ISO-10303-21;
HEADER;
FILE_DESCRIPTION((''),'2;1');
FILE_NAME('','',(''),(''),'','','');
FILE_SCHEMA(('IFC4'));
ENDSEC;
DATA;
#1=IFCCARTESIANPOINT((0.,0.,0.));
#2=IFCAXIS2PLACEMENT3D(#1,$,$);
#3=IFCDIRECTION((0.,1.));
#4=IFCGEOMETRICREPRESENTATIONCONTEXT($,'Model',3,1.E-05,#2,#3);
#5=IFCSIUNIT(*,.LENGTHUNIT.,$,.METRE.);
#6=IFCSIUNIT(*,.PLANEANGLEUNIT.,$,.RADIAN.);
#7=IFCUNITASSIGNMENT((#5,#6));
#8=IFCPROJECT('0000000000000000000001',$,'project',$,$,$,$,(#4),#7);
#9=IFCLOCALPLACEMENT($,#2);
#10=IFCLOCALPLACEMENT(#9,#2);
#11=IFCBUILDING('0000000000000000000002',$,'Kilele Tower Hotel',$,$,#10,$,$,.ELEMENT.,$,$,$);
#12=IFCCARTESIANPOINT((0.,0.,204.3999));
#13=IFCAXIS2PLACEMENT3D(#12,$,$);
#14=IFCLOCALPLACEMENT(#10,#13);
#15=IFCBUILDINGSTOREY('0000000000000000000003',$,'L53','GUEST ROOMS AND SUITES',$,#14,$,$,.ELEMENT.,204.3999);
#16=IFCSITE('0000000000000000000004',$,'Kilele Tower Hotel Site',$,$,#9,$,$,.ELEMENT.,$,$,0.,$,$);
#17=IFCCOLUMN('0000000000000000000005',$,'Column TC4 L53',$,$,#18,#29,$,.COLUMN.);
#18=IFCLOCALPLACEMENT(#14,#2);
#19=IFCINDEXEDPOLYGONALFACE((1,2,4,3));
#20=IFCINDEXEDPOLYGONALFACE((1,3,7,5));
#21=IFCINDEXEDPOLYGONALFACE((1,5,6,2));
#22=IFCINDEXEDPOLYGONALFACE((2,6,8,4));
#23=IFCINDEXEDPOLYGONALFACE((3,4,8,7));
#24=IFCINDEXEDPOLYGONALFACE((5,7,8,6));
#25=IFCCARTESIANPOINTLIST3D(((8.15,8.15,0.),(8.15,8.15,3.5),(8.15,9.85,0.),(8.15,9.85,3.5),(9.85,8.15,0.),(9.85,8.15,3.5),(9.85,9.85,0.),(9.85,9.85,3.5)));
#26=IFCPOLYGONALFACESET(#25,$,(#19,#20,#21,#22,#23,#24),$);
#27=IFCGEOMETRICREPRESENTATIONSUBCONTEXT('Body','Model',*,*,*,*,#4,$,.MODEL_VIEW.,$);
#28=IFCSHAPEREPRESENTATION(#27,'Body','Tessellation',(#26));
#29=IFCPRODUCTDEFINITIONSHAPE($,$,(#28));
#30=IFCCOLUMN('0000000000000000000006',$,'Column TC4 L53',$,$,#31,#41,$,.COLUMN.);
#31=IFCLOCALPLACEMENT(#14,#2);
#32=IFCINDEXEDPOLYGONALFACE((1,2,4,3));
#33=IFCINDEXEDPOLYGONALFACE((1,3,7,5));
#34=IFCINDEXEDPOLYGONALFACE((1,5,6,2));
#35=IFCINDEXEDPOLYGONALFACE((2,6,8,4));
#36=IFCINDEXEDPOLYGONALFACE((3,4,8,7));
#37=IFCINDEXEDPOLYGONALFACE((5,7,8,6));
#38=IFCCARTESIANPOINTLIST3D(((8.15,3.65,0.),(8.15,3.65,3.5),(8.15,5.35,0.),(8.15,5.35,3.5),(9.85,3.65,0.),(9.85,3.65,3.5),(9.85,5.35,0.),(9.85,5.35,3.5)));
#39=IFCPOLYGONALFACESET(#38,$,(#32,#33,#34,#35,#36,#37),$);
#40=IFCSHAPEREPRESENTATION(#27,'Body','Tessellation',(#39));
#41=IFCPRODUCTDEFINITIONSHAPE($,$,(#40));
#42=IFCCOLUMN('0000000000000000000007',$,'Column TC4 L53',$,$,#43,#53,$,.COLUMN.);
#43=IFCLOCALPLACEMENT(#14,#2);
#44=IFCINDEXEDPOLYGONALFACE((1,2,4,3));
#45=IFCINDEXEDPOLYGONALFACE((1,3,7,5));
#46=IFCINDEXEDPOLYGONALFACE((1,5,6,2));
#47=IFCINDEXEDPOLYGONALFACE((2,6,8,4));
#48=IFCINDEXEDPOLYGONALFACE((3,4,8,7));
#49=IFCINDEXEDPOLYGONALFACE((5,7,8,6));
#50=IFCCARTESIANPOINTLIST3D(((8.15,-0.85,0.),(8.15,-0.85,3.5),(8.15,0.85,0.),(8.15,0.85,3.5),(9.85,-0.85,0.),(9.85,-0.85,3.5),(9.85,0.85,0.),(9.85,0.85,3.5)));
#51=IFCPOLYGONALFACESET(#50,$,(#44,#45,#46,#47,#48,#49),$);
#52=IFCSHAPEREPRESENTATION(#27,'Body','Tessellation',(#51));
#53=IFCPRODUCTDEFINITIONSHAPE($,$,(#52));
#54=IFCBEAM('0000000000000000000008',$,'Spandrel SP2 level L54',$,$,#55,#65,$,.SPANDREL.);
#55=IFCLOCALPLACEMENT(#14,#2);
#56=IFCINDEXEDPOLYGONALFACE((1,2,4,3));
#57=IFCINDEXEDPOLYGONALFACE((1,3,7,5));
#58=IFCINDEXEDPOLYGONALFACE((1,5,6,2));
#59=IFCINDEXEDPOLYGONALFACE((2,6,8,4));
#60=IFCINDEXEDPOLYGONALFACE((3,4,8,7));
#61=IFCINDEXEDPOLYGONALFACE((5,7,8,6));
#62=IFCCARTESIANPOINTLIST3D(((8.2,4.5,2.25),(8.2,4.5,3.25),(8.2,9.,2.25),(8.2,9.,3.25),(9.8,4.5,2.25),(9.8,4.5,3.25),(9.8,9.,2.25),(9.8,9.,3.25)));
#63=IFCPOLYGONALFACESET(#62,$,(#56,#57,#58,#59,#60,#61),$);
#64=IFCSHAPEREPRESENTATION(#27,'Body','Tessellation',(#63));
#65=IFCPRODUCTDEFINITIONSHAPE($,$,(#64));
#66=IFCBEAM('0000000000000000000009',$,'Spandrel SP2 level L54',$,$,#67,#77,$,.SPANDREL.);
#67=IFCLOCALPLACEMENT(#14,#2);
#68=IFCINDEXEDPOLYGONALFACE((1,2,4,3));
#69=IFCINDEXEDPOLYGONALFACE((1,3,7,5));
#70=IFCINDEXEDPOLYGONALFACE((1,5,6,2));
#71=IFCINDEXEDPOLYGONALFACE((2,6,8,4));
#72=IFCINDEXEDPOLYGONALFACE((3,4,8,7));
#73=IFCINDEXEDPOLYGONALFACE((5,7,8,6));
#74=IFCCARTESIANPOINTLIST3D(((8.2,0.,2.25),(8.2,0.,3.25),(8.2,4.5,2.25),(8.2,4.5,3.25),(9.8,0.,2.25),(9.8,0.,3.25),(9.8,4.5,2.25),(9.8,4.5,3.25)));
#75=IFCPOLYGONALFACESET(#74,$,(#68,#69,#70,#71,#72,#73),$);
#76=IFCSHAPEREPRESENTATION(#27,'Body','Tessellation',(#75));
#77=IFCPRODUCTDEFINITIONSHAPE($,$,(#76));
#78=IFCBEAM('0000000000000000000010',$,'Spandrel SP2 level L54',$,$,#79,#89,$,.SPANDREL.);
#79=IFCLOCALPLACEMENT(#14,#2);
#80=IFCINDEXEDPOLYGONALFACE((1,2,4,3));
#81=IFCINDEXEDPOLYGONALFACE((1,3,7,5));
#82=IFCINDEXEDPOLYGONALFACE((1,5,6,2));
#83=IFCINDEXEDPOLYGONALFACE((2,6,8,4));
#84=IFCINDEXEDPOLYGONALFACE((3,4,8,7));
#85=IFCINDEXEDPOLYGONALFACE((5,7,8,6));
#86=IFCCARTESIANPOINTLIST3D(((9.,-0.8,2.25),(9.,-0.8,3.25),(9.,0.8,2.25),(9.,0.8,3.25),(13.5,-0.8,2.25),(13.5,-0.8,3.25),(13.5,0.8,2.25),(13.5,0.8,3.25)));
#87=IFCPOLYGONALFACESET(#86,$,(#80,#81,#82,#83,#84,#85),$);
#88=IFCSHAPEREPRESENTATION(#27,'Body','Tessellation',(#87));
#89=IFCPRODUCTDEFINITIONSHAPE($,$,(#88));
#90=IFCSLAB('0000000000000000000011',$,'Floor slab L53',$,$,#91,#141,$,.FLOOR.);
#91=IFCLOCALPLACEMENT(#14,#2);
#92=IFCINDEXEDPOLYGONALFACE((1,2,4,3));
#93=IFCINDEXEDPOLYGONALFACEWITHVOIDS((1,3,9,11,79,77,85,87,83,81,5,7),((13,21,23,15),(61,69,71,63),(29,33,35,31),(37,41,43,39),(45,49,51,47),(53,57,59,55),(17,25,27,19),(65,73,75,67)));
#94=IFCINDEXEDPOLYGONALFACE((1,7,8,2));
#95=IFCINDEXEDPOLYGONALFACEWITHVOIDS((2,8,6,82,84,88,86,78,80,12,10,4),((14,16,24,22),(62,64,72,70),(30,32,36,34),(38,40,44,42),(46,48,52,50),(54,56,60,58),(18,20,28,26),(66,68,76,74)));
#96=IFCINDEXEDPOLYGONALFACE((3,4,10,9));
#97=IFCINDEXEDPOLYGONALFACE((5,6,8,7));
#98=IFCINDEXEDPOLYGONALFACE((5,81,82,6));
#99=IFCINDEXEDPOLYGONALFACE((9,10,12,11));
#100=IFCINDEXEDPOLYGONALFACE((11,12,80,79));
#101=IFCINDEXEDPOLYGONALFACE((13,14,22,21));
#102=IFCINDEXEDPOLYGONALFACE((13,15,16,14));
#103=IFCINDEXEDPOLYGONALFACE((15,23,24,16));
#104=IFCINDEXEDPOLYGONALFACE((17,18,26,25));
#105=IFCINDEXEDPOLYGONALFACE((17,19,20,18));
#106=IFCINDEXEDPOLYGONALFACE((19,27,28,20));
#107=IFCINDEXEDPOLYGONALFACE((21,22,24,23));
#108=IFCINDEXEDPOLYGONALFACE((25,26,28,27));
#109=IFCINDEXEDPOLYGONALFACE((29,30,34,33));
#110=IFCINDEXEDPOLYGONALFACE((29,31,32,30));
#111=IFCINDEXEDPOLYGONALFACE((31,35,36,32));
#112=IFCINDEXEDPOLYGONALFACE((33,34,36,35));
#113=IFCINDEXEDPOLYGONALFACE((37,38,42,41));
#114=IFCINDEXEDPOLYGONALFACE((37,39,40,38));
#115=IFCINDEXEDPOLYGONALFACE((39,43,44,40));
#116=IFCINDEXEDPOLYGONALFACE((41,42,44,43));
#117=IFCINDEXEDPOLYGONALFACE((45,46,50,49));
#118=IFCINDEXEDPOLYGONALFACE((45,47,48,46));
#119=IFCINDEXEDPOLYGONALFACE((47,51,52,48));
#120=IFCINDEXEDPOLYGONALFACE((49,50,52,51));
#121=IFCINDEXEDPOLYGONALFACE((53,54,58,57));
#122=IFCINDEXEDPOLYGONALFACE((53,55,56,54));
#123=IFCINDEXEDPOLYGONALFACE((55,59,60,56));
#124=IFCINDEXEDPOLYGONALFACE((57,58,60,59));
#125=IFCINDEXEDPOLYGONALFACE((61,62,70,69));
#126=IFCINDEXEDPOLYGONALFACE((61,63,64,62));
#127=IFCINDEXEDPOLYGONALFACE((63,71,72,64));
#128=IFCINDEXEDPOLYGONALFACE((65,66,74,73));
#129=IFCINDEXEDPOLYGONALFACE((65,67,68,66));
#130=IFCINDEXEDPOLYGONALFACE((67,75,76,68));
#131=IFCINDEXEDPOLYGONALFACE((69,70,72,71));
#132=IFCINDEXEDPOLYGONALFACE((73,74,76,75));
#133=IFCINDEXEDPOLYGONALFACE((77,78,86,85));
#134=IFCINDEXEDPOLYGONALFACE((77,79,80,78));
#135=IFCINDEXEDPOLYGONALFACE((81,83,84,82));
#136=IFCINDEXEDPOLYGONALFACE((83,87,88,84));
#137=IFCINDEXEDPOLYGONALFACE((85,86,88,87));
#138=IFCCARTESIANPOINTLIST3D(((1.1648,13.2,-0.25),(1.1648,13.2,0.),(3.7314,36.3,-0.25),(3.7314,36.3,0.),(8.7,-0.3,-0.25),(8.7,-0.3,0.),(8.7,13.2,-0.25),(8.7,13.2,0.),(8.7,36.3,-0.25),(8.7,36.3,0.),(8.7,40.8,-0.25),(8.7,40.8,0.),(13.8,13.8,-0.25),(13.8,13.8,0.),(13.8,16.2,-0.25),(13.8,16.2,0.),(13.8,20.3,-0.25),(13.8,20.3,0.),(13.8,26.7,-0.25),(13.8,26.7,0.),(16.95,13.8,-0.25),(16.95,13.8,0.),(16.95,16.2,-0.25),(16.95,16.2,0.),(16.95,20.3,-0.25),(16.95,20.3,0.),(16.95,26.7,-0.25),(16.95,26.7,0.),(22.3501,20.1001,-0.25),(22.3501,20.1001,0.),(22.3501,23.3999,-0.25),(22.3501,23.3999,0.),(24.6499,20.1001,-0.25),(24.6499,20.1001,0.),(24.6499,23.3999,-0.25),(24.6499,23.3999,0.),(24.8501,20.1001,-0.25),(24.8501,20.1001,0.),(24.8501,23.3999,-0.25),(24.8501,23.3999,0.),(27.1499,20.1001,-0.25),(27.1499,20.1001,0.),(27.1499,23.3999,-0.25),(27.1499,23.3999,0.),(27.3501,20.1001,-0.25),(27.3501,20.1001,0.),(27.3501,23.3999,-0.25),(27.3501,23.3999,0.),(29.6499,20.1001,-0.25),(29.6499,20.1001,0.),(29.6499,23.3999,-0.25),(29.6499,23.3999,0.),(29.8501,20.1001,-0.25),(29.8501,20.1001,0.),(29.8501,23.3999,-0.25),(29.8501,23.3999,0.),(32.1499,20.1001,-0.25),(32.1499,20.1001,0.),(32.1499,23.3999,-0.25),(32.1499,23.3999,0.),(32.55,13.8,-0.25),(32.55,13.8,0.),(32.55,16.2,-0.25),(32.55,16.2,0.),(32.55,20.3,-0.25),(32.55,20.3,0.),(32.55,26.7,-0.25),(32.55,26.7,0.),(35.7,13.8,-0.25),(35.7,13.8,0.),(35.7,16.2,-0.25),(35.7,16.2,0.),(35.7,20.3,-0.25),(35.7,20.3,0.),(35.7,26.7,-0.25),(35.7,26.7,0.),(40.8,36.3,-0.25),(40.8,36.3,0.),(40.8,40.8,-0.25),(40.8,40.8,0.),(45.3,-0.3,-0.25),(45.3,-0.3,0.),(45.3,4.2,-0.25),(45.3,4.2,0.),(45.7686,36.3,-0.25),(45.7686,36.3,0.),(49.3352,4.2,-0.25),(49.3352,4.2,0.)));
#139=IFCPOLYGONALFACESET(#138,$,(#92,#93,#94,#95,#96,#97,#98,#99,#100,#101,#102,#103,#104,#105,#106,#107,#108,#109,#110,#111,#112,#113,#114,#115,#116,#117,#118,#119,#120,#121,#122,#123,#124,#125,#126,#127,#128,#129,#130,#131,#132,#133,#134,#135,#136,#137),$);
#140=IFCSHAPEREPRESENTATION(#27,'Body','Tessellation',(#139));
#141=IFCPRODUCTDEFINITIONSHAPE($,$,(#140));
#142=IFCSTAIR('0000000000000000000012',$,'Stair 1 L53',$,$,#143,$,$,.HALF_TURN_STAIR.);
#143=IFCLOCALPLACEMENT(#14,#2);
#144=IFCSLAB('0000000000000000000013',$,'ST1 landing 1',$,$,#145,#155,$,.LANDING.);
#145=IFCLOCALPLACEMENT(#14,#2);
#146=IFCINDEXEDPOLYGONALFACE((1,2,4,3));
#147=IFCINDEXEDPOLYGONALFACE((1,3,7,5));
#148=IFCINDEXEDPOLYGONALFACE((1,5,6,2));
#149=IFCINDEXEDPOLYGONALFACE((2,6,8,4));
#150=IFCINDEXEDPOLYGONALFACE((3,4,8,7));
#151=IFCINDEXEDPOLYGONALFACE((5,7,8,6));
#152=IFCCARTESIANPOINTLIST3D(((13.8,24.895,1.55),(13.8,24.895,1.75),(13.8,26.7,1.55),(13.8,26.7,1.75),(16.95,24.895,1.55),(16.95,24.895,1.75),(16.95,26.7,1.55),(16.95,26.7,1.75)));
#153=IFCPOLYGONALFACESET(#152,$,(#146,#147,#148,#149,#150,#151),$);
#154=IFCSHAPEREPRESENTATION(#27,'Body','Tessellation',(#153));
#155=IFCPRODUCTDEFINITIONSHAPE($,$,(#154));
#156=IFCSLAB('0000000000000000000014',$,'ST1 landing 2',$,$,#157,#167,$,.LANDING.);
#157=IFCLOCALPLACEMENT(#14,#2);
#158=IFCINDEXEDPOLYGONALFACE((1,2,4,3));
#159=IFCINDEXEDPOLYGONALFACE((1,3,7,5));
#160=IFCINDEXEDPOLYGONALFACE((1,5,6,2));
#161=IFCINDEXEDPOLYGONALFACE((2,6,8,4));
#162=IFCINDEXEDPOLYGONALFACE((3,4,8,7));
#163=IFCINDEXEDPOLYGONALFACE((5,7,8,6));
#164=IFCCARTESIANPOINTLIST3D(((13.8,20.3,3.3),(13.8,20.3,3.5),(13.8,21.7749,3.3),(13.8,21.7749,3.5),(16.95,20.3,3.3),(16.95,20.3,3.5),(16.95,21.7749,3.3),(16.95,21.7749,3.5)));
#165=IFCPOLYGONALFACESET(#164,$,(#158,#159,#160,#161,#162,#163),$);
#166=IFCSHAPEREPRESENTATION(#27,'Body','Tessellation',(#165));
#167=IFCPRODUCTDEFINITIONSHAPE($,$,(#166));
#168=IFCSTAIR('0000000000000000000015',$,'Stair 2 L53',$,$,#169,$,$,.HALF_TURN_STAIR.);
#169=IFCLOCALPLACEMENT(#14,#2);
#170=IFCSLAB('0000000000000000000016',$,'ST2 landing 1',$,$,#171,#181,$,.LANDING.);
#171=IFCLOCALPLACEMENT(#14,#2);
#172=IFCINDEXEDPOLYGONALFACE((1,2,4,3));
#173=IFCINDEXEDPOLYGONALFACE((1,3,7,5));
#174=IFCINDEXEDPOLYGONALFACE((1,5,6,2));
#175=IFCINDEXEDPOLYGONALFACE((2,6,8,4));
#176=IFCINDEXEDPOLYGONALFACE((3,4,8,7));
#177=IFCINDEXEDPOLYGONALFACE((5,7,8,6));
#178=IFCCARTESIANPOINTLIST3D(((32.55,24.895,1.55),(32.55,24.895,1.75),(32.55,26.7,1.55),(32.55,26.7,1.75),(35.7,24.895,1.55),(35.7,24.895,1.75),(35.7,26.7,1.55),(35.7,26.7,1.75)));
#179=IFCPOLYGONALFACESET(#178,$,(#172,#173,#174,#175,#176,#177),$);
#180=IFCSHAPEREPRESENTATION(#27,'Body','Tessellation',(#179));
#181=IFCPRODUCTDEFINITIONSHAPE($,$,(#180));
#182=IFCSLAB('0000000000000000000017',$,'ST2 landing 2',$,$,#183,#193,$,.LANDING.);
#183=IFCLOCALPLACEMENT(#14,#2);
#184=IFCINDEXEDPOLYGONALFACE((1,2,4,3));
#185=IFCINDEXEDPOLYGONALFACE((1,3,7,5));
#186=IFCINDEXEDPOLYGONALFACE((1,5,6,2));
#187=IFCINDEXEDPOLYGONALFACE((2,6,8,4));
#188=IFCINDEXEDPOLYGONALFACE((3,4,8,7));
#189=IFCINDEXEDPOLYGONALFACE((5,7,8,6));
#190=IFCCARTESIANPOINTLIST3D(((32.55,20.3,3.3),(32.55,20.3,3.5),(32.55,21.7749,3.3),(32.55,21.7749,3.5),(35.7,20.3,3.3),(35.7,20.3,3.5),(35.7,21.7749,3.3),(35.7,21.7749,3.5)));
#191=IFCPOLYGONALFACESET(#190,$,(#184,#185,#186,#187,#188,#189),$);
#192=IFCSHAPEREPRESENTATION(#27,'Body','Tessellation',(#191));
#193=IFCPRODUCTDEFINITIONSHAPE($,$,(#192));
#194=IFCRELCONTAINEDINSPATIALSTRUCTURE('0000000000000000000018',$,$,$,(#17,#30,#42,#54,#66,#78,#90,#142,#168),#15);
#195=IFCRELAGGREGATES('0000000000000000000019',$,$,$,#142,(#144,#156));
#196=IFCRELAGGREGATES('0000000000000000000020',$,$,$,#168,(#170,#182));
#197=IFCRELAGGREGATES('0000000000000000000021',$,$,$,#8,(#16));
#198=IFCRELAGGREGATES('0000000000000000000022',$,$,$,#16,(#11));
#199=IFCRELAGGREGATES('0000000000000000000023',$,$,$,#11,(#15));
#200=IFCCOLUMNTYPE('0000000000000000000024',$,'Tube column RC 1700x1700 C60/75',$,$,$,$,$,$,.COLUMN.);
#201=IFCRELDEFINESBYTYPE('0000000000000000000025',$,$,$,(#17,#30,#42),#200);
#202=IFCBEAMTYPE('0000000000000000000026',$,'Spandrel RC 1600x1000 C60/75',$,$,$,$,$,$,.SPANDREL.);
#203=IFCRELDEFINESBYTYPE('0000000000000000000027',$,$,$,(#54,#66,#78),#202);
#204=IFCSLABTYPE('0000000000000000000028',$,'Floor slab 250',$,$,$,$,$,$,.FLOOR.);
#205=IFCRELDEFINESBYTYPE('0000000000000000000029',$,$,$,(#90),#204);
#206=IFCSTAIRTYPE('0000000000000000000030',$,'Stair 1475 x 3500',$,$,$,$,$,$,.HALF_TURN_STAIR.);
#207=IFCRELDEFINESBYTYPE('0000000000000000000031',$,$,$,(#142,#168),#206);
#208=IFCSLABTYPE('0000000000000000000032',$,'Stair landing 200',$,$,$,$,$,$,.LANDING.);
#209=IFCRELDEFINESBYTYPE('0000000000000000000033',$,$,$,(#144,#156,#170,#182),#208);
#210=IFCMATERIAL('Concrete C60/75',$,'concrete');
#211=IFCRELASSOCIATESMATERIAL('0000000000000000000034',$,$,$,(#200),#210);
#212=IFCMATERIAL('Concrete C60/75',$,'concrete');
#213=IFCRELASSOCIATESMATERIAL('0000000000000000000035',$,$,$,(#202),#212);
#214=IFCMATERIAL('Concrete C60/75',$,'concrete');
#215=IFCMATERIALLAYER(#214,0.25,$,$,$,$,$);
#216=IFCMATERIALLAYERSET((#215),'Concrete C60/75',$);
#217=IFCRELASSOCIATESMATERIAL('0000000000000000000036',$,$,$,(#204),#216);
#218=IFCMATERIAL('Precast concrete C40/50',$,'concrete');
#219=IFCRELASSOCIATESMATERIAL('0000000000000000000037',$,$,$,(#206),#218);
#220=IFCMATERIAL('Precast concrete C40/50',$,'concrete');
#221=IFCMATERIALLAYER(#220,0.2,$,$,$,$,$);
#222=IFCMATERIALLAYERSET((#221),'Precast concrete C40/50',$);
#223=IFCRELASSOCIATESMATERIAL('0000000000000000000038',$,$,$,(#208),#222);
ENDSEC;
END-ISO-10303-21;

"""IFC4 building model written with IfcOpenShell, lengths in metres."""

from ifc_helpers import new_model, si_unit, direction, frame, origin, origin_2d, place, context, subcontext, project, spatial, polyline, rectangle, outline, extrude, material, layer, layer_set, material_profile, profile_set, type_object, element, aggregate, save


model = new_model("IFC4")

# Units and contexts
model_context = context("Model", 3, precision=1e-05, world=origin(), true_north=direction((0.0, 1.0)))
body_context = subcontext(model_context, "Body", "Model", "MODEL_VIEW")
ifc_project = project(units=[si_unit("LENGTHUNIT", "METRE"), si_unit("PLANEANGLEUNIT", "RADIAN")], contexts=[model_context])

# Site, building, storey
site_placement = place(None, origin())
site = spatial("IfcSite", under=ifc_project, at=site_placement, Name="Kilele Tower Hotel Site", CompositionType="ELEMENT", RefElevation=0.0)
building_placement = place(site_placement, origin())
building = spatial("IfcBuilding", under=site, at=building_placement, Name="Kilele Tower Hotel", CompositionType="ELEMENT")
storey_placement = place(building_placement, frame((0.0, 0.0, 204.3999)))
storey = spatial("IfcBuildingStorey", under=building, at=storey_placement, Name="L53", Description="GUEST ROOMS AND SUITES", CompositionType="ELEMENT", Elevation=204.3999)

# Columns
ifc_material_1 = material(Name="Concrete C60/75", Category="concrete")
ifc_material_profile_1 = material_profile(ifc_material_1, rectangle(XDim=1.7, YDim=1.7, at=origin_2d()))
ifc_profile_set_1 = profile_set([ifc_material_profile_1], Name="Concrete C60/75")
column_type = type_object("IfcColumnType", Name="Tube column RC 1700x1700 C60/75", PredefinedType="COLUMN", material=ifc_profile_set_1)
for number, where, z_axis, x_axis, name in (
    (1, (9.0, 9.0, 0.0), (0.0, 0.0, 1.0), (1.0, 0.0, 0.0), "Column TC4 L53"),
    (2, (9.0, 4.5, 0.0), (0.0, 0.0, 1.0), (1.0, 0.0, 0.0), "Column TC4 L53"),
    (3, (9.0, 0.0, 0.0), (0.0, 0.0, 1.0), (1.0, 0.0, 0.0), "Column TC4 L53"),
):
    element("IfcColumn", number, at=place(storey_placement, frame(where, z_axis=z_axis, x_axis=x_axis)), inside=storey, type_object=column_type, Name=name, PredefinedType="COLUMN", context=body_context, shape_type="SweptSolid", body=[
        extrude(rectangle(XDim=1.7, YDim=1.7, at=origin_2d()), origin(), (0.0, 0.0, 1.0), 3.5),
    ])

# Beams
ifc_material_2 = material(Name="Concrete C60/75", Category="concrete")
ifc_material_profile_2 = material_profile(ifc_material_2, rectangle(XDim=1.6001, YDim=1.0, at=origin_2d()))
ifc_profile_set_2 = profile_set([ifc_material_profile_2], Name="Concrete C60/75")
beam_type = type_object("IfcBeamType", Name="Spandrel RC 1600x1000 C60/75", PredefinedType="SPANDREL", material=ifc_profile_set_2)
for number, where, z_axis, x_axis, name in (
    (4, (9.0, 9.0, 2.75), (0.0, -1.0, 0.0), (1.0, 0.0, 0.0), "Spandrel SP2 level L54"),
    (5, (9.0, 4.5, 2.75), (0.0, -1.0, 0.0), (1.0, 0.0, 0.0), "Spandrel SP2 level L54"),
    (6, (9.0, 0.0, 2.75), (1.0, 0.0, 0.0), (0.0, 1.0, 0.0), "Spandrel SP2 level L54"),
):
    element("IfcBeam", number, at=place(storey_placement, frame(where, z_axis=z_axis, x_axis=x_axis)), inside=storey, type_object=beam_type, Name=name, PredefinedType="SPANDREL", context=body_context, shape_type="SweptSolid", body=[
        extrude(rectangle(XDim=1.6001, YDim=1.0, at=origin_2d()), origin(), (0.0, 0.0, 1.0), 4.5),
    ])

# Slab
ifc_material_3 = material(Name="Concrete C60/75", Category="concrete")
ifc_layer_1 = layer(ifc_material_3, 0.25)
ifc_layer_set_1 = layer_set([ifc_layer_1], Name="Concrete C60/75")
slab_type_1 = type_object("IfcSlabType", Name="Floor slab 250", PredefinedType="FLOOR", material=ifc_layer_set_1)
slab_1_placement = place(storey_placement, frame((0.0, 0.0, -0.25)))
element("IfcSlab", 7, at=slab_1_placement, inside=storey, type_object=slab_type_1, Name="Floor slab L53", PredefinedType="FLOOR", context=body_context, shape_type="SweptSolid", body=[
    extrude(outline(polyline([(8.7, 36.3), (8.7, 40.8), (40.8, 40.8), (40.8, 36.3), (45.7686, 36.3), (49.3352, 4.2), (45.3, 4.2), (45.3, -0.3), (8.7, -0.3), (8.7, 13.2), (1.1648, 13.2), (3.7314, 36.3), (8.7, 36.3)]), holes=[polyline([(16.95, 16.2), (13.8, 16.2), (13.8, 13.8), (16.95, 13.8), (16.95, 16.2)]), polyline([(35.7, 16.2), (32.55, 16.2), (32.55, 13.8), (35.7, 13.8), (35.7, 16.2)]), polyline([(24.6499, 23.3999), (22.3501, 23.3999), (22.3501, 20.1001), (24.6499, 20.1001), (24.6499, 23.3999)]), polyline([(27.1499, 23.3999), (24.8501, 23.3999), (24.8501, 20.1001), (27.1499, 20.1001), (27.1499, 23.3999)]), polyline([(29.6499, 23.3999), (27.3501, 23.3999), (27.3501, 20.1001), (29.6499, 20.1001), (29.6499, 23.3999)]), polyline([(32.1499, 23.3999), (29.8501, 23.3999), (29.8501, 20.1001), (32.1499, 20.1001), (32.1499, 23.3999)]), polyline([(16.95, 26.7), (13.8, 26.7), (13.8, 20.3), (16.95, 20.3), (16.95, 26.7)]), polyline([(35.7, 26.7), (32.55, 26.7), (32.55, 20.3), (35.7, 20.3), (35.7, 26.7)])]), origin(), (0.0, 0.0, 1.0), 0.25),
])

# Stairs, slabs
ifc_material_4 = material(Name="Precast concrete C40/50", Category="concrete")
stair_type = type_object("IfcStairType", Name="Stair 1475 x 3500", PredefinedType="HALF_TURN_STAIR", material=ifc_material_4)
stair_1_placement = place(storey_placement, origin())
stair_1 = element("IfcStair", 8, at=stair_1_placement, inside=storey, type_object=stair_type, Name="Stair 1 L53", PredefinedType="HALF_TURN_STAIR")
ifc_material_5 = material(Name="Precast concrete C40/50", Category="concrete")
ifc_layer_2 = layer(ifc_material_5, 0.2)
ifc_layer_set_2 = layer_set([ifc_layer_2], Name="Precast concrete C40/50")
slab_type_2 = type_object("IfcSlabType", Name="Stair landing 200", PredefinedType="LANDING", material=ifc_layer_set_2)
slab_2_placement = place(storey_placement, frame((0.0, 0.0, 1.55)))
slab_2 = element("IfcSlab", 9, at=slab_2_placement, type_object=slab_type_2, Name="ST1 landing 1", PredefinedType="LANDING", context=body_context, shape_type="SweptSolid", body=[
    extrude(outline(polyline([(13.8, 24.895), (16.95, 24.895), (16.95, 26.7), (13.8, 26.7), (13.8, 24.895)])), origin(), (0.0, 0.0, 1.0), 0.2),
])
slab_3_placement = place(storey_placement, frame((0.0, 0.0, 3.3)))
slab_3 = element("IfcSlab", 10, at=slab_3_placement, type_object=slab_type_2, Name="ST1 landing 2", PredefinedType="LANDING", context=body_context, shape_type="SweptSolid", body=[
    extrude(outline(polyline([(13.8, 20.3), (16.95, 20.3), (16.95, 21.7749), (13.8, 21.7749), (13.8, 20.3)])), origin(), (0.0, 0.0, 1.0), 0.2),
])
aggregate(stair_1, [slab_2, slab_3])
stair_2_placement = place(storey_placement, origin())
stair_2 = element("IfcStair", 11, at=stair_2_placement, inside=storey, type_object=stair_type, Name="Stair 2 L53", PredefinedType="HALF_TURN_STAIR")
slab_4_placement = place(storey_placement, frame((0.0, 0.0, 1.55)))
slab_4 = element("IfcSlab", 12, at=slab_4_placement, type_object=slab_type_2, Name="ST2 landing 1", PredefinedType="LANDING", context=body_context, shape_type="SweptSolid", body=[
    extrude(outline(polyline([(32.55, 24.895), (35.7, 24.895), (35.7, 26.7), (32.55, 26.7), (32.55, 24.895)])), origin(), (0.0, 0.0, 1.0), 0.2),
])
slab_5_placement = place(storey_placement, frame((0.0, 0.0, 3.3)))
slab_5 = element("IfcSlab", 13, at=slab_5_placement, type_object=slab_type_2, Name="ST2 landing 2", PredefinedType="LANDING", context=body_context, shape_type="SweptSolid", body=[
    extrude(outline(polyline([(32.55, 20.3), (35.7, 20.3), (35.7, 21.7749), (32.55, 21.7749), (32.55, 20.3)])), origin(), (0.0, 0.0, 1.0), 0.2),
])
aggregate(stair_2, [slab_4, slab_5])

save(model, "model.ifc")
